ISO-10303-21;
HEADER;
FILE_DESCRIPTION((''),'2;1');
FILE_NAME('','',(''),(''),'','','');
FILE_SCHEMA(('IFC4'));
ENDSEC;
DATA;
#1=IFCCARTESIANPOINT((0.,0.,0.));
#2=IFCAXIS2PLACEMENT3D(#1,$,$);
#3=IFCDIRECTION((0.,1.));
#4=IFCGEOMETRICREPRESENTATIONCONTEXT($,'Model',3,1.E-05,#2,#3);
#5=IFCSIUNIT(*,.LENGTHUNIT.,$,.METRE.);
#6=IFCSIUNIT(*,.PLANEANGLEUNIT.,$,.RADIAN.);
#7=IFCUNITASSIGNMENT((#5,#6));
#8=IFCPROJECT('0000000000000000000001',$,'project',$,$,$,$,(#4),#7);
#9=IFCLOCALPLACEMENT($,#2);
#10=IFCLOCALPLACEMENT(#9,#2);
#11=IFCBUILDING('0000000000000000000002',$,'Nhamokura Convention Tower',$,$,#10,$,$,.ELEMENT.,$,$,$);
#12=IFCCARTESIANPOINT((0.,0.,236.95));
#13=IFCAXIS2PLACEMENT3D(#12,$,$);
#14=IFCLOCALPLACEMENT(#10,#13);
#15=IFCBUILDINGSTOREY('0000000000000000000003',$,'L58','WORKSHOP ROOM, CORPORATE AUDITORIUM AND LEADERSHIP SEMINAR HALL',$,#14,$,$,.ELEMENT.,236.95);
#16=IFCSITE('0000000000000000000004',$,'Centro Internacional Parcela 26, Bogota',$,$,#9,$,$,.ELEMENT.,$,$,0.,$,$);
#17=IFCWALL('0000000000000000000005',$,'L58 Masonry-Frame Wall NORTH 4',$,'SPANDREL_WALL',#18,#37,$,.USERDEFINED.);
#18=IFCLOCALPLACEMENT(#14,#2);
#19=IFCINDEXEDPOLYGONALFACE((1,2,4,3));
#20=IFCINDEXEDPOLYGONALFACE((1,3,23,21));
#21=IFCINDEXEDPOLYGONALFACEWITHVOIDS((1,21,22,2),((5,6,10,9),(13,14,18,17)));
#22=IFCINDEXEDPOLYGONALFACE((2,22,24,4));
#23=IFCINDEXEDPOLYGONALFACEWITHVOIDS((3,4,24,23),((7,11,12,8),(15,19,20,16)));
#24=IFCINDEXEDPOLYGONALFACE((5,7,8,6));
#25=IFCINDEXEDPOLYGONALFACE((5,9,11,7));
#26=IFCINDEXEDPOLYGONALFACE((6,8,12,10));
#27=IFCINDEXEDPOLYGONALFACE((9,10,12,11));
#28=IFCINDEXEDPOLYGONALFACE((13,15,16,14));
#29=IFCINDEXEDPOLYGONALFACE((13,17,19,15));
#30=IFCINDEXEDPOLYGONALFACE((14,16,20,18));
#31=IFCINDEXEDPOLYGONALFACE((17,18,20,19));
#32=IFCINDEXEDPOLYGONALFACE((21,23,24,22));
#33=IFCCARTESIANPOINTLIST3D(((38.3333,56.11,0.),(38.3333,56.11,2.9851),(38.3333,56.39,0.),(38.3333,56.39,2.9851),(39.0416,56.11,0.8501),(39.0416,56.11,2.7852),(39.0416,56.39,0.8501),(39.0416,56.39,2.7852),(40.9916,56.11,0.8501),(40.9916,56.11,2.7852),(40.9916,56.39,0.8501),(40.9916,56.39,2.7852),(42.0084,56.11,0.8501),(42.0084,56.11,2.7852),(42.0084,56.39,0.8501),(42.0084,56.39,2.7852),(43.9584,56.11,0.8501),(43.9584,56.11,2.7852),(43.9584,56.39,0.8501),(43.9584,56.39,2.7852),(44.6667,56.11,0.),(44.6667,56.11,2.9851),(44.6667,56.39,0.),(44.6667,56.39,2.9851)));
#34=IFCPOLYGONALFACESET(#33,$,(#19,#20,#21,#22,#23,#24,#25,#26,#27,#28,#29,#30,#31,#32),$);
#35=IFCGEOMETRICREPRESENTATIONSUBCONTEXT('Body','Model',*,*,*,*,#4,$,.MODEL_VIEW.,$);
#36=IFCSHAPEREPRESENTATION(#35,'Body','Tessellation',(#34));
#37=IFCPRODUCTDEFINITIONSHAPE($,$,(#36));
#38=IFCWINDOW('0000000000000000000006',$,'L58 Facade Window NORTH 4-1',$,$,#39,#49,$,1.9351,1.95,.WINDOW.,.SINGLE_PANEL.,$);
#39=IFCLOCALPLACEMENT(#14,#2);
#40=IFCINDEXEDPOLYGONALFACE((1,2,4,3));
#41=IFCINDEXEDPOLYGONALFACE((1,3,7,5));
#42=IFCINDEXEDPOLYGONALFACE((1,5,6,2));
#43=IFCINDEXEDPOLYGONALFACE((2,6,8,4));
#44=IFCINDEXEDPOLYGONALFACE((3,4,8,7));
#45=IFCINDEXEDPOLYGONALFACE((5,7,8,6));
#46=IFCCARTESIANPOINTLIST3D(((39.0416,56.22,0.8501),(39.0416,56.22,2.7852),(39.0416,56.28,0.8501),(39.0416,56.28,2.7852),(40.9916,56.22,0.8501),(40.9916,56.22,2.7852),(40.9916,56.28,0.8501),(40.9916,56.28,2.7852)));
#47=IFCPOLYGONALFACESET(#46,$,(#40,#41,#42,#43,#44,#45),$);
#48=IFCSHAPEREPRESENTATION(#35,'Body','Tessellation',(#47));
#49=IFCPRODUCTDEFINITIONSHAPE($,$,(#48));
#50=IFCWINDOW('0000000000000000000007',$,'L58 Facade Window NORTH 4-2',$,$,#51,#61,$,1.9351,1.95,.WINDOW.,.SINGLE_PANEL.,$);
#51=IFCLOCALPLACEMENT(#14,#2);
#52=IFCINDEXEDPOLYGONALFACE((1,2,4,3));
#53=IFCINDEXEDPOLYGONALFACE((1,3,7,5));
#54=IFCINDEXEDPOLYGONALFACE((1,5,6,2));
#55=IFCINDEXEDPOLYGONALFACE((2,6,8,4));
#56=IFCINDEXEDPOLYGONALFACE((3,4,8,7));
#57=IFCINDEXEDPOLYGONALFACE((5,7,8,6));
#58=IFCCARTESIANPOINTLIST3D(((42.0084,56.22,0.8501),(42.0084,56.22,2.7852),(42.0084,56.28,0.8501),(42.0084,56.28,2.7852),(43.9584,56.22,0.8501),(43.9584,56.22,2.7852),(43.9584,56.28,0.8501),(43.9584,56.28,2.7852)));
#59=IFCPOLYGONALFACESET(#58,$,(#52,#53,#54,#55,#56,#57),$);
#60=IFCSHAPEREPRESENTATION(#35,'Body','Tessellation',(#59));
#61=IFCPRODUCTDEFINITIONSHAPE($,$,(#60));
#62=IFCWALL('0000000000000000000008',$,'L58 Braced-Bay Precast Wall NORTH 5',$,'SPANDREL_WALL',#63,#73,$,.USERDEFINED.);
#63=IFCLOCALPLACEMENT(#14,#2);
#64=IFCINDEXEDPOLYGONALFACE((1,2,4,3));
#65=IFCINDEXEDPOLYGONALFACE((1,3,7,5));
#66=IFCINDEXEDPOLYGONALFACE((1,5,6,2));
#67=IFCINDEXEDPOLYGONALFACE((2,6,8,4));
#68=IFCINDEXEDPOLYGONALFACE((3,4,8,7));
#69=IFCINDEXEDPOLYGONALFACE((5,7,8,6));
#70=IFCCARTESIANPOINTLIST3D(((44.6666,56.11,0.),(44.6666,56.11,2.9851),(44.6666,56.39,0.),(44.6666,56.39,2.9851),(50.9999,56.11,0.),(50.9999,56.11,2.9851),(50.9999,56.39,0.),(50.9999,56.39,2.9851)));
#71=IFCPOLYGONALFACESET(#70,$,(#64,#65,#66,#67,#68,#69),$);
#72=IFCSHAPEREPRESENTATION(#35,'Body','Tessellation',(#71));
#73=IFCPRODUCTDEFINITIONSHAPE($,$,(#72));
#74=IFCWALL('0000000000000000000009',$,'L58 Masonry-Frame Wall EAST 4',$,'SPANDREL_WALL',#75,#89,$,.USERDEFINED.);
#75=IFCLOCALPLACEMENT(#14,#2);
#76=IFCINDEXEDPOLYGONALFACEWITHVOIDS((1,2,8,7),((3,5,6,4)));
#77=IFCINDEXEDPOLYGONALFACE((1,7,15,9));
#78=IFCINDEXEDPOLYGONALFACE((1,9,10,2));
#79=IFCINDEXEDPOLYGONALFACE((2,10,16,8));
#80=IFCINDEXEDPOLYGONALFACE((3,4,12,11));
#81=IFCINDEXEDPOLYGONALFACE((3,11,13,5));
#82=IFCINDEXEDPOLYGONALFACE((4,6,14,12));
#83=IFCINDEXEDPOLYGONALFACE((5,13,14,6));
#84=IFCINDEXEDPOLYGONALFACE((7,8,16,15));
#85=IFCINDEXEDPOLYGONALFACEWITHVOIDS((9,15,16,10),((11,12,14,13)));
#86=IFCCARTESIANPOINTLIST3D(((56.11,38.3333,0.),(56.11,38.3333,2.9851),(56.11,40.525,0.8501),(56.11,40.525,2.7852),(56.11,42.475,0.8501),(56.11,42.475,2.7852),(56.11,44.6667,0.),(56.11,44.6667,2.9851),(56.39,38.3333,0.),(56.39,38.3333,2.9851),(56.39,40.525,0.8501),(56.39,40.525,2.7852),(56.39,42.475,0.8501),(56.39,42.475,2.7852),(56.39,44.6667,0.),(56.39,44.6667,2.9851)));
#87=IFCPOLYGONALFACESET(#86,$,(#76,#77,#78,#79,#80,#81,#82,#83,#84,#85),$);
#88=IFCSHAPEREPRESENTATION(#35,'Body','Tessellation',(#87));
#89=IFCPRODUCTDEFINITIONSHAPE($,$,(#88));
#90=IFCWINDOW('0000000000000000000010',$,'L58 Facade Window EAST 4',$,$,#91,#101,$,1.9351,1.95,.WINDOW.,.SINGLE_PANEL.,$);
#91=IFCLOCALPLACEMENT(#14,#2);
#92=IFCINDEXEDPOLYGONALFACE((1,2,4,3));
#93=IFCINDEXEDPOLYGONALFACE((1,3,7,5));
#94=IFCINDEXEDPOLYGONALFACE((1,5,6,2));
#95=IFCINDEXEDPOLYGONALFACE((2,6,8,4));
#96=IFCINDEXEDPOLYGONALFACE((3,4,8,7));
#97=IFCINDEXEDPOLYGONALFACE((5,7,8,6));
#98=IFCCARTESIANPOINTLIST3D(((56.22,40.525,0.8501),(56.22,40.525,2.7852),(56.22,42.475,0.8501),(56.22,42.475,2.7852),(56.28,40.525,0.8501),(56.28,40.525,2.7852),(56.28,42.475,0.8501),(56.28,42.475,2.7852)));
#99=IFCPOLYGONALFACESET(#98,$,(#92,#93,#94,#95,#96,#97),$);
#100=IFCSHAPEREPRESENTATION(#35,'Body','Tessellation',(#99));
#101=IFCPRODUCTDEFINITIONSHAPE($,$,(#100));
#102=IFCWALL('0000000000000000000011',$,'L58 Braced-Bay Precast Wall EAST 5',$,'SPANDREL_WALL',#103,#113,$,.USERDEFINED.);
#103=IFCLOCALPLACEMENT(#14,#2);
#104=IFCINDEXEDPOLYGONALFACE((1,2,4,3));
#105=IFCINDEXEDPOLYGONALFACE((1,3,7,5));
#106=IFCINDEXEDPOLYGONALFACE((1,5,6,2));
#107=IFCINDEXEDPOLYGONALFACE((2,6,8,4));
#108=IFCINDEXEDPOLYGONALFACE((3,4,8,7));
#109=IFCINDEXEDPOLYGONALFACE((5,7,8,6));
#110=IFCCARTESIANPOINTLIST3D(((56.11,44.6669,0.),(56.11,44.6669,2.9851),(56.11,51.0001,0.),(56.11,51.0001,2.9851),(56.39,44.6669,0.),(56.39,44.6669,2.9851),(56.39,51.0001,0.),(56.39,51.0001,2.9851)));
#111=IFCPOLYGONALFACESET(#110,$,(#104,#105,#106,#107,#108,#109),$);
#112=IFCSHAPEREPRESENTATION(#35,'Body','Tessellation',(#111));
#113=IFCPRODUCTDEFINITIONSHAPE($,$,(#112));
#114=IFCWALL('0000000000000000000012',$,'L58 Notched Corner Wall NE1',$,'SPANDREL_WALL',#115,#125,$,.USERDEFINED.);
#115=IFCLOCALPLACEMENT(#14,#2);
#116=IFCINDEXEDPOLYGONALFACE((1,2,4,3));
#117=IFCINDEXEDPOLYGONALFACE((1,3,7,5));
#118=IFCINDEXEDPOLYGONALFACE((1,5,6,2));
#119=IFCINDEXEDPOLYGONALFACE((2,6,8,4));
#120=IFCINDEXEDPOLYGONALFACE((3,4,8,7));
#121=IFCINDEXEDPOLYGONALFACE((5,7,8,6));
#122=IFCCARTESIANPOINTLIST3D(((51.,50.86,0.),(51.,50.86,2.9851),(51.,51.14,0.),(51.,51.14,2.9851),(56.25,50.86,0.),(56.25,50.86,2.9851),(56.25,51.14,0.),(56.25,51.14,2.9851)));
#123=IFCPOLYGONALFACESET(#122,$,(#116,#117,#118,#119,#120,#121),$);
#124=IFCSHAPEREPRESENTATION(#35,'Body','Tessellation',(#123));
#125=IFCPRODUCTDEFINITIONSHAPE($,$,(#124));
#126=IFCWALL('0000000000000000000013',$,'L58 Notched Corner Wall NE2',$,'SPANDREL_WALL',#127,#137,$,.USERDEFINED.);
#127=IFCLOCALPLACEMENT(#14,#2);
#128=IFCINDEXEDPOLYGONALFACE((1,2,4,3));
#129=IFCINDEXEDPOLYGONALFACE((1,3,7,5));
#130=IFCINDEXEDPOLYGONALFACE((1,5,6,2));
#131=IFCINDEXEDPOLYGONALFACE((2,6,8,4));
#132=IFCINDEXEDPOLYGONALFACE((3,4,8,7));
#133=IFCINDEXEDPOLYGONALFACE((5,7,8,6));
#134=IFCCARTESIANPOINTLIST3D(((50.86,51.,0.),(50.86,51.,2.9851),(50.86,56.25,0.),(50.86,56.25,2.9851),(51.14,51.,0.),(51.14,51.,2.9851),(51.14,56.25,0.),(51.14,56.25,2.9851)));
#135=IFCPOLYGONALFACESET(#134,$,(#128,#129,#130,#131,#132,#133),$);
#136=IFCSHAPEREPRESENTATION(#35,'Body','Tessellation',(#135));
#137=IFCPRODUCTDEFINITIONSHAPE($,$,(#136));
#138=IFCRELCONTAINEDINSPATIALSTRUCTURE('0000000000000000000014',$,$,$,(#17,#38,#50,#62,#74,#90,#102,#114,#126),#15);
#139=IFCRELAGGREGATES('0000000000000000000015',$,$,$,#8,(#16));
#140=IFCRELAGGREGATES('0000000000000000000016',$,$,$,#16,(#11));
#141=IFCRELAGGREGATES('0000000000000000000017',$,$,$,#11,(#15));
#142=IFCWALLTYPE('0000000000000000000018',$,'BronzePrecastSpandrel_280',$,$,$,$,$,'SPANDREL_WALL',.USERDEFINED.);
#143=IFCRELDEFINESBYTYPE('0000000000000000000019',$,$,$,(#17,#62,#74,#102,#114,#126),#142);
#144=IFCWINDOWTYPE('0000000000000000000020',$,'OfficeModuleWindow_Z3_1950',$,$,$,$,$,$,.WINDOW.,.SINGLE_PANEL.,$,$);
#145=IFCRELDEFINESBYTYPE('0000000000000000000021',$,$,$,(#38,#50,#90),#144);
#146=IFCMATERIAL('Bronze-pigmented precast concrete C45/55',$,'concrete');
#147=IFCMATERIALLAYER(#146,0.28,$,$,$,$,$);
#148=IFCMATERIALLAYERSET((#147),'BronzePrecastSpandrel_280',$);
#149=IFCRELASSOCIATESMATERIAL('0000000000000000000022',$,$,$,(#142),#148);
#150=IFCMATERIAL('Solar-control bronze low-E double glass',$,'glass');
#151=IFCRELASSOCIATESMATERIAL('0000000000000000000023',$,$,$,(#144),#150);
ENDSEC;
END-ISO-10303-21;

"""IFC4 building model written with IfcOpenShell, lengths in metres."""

from ifc_helpers import new_model, si_unit, direction, frame, frame_2d, origin, place, context, subcontext, project, spatial, rectangle, extrude, material, layer, layer_set, type_object, element, fill, save


model = new_model("IFC4")

# Units and contexts
model_context = context("Model", 3, precision=1e-05, world=origin(), true_north=direction((0.0, 1.0)))
body_context = subcontext(model_context, "Body", "Model", "MODEL_VIEW")
ifc_project = project(units=[si_unit("LENGTHUNIT", "METRE"), si_unit("PLANEANGLEUNIT", "RADIAN")], contexts=[model_context])

# Site, building, storey
site_placement = place(None, origin())
site = spatial("IfcSite", under=ifc_project, at=site_placement, Name="Centro Internacional Parcela 26, Bogota", CompositionType="ELEMENT", RefElevation=0.0)
building_placement = place(site_placement, origin())
building = spatial("IfcBuilding", under=site, at=building_placement, Name="Nhamokura Convention Tower", CompositionType="ELEMENT")
storey_placement = place(building_placement, frame((0.0, 0.0, 236.95)))
storey = spatial("IfcBuildingStorey", under=building, at=storey_placement, Name="L58", Description="WORKSHOP ROOM, CORPORATE AUDITORIUM AND LEADERSHIP SEMINAR HALL", CompositionType="ELEMENT", Elevation=236.95)

# Wall, openings, windows
ifc_material_1 = material(Name="Bronze-pigmented precast concrete C45/55", Category="concrete")
ifc_layer = layer(ifc_material_1, 0.28)
ifc_layer_set = layer_set([ifc_layer], Name="BronzePrecastSpandrel_280")
wall_type = type_object("IfcWallType", Name="BronzePrecastSpandrel_280", ElementType="SPANDREL_WALL", PredefinedType="USERDEFINED", material=ifc_layer_set)
wall_1_placement = place(storey_placement, frame((38.3333, 56.25, 0.0), z_axis=(0.0, 0.0, 1.0), x_axis=(1.0, 0.0, 0.0)))
wall_1 = element("IfcWall", 1, at=wall_1_placement, inside=storey, type_object=wall_type, Name="L58 Masonry-Frame Wall NORTH 4", ObjectType="SPANDREL_WALL", PredefinedType="USERDEFINED", context=body_context, shape_type="SweptSolid", body=[
    extrude(rectangle(XDim=6.3335, YDim=0.28, at=frame_2d((3.1667, 0.0))), origin(), (0.0, 0.0, 1.0), 2.9851),
])
opening_1_placement = place(wall_1_placement, frame((0.7083, 0.0, 0.8501)))
opening_1 = element("IfcOpeningElement", 2, at=opening_1_placement, cuts=wall_1, PredefinedType="OPENING", context=body_context, shape_type="SweptSolid", body=[
    extrude(rectangle(XDim=1.95, YDim=1.9351, at=frame_2d((0.9751, 0.9675))), frame((0.0, 0.1499, 0.0), z_axis=(0.0, -1.0, 0.0), x_axis=(1.0, 0.0, 0.0)), (0.0, 0.0, 1.0), 0.3),
])
opening_2_placement = place(wall_1_placement, frame((3.675, 0.0, 0.8501)))
opening_2 = element("IfcOpeningElement", 3, at=opening_2_placement, cuts=wall_1, PredefinedType="OPENING", context=body_context, shape_type="SweptSolid", body=[
    extrude(rectangle(XDim=1.95, YDim=1.9351, at=frame_2d((0.9751, 0.9675))), frame((0.0, 0.1499, 0.0), z_axis=(0.0, -1.0, 0.0), x_axis=(1.0, 0.0, 0.0)), (0.0, 0.0, 1.0), 0.3),
])
ifc_material_2 = material(Name="Solar-control bronze low-E double glass", Category="glass")
window_type = type_object("IfcWindowType", Name="OfficeModuleWindow_Z3_1950", PartitioningType="SINGLE_PANEL", PredefinedType="WINDOW", material=ifc_material_2)
window_1_placement = place(opening_1_placement, origin())
window_1 = element("IfcWindow", 4, at=window_1_placement, inside=storey, type_object=window_type, Name="L58 Facade Window NORTH 4-1", OverallHeight=1.9351, OverallWidth=1.95, PartitioningType="SINGLE_PANEL", PredefinedType="WINDOW", context=body_context, shape_type="SweptSolid", body=[
    extrude(rectangle(XDim=1.95, YDim=1.9351, at=frame_2d((0.9751, 0.9675))), frame((0.0, 0.03, 0.0), z_axis=(0.0, -1.0, 0.0), x_axis=(1.0, 0.0, 0.0)), (0.0, 0.0, 1.0), 0.0601),
])
fill(opening_1, window_1)
window_2_placement = place(opening_2_placement, origin())
window_2 = element("IfcWindow", 5, at=window_2_placement, inside=storey, type_object=window_type, Name="L58 Facade Window NORTH 4-2", OverallHeight=1.9351, OverallWidth=1.95, PartitioningType="SINGLE_PANEL", PredefinedType="WINDOW", context=body_context, shape_type="SweptSolid", body=[
    extrude(rectangle(XDim=1.95, YDim=1.9351, at=frame_2d((0.9751, 0.9675))), frame((0.0, 0.03, 0.0), z_axis=(0.0, -1.0, 0.0), x_axis=(1.0, 0.0, 0.0)), (0.0, 0.0, 1.0), 0.0601),
])
fill(opening_2, window_2)

# Wall
wall_2_placement = place(storey_placement, frame((44.6667, 56.25, 0.0), z_axis=(0.0, 0.0, 1.0), x_axis=(1.0, 0.0, 0.0)))
element("IfcWall", 6, at=wall_2_placement, inside=storey, type_object=wall_type, Name="L58 Braced-Bay Precast Wall NORTH 5", ObjectType="SPANDREL_WALL", PredefinedType="USERDEFINED", context=body_context, shape_type="SweptSolid", body=[
    extrude(rectangle(XDim=6.3333, YDim=0.28, at=frame_2d((3.1665, 0.0))), origin(), (0.0, 0.0, 1.0), 2.9851),
])

# Wall, opening, window
wall_3_placement = place(storey_placement, frame((56.25, 44.6667, 0.0), z_axis=(0.0, 0.0, 1.0), x_axis=(0.0, -1.0, 0.0)))
wall_3 = element("IfcWall", 7, at=wall_3_placement, inside=storey, type_object=wall_type, Name="L58 Masonry-Frame Wall EAST 4", ObjectType="SPANDREL_WALL", PredefinedType="USERDEFINED", context=body_context, shape_type="SweptSolid", body=[
    extrude(rectangle(XDim=6.3335, YDim=0.28, at=frame_2d((3.1667, 0.0))), origin(), (0.0, 0.0, 1.0), 2.9851),
])
opening_3_placement = place(wall_3_placement, frame((2.1917, 0.0, 0.8501)))
opening_3 = element("IfcOpeningElement", 8, at=opening_3_placement, cuts=wall_3, PredefinedType="OPENING", context=body_context, shape_type="SweptSolid", body=[
    extrude(rectangle(XDim=1.95, YDim=1.9351, at=frame_2d((0.9751, 0.9675))), frame((0.0, 0.1499, 0.0), z_axis=(0.0, -1.0, 0.0), x_axis=(1.0, 0.0, 0.0)), (0.0, 0.0, 1.0), 0.3),
])
window_3_placement = place(opening_3_placement, origin())
window_3 = element("IfcWindow", 9, at=window_3_placement, inside=storey, type_object=window_type, Name="L58 Facade Window EAST 4", OverallHeight=1.9351, OverallWidth=1.95, PartitioningType="SINGLE_PANEL", PredefinedType="WINDOW", context=body_context, shape_type="SweptSolid", body=[
    extrude(rectangle(XDim=1.95, YDim=1.9351, at=frame_2d((0.9751, 0.9675))), frame((0.0, 0.03, 0.0), z_axis=(0.0, -1.0, 0.0), x_axis=(1.0, 0.0, 0.0)), (0.0, 0.0, 1.0), 0.0601),
])
fill(opening_3, window_3)

# Walls
wall_4_placement = place(storey_placement, frame((56.25, 51.0, 0.0), z_axis=(0.0, 0.0, 1.0), x_axis=(0.0, -1.0, 0.0)))
element("IfcWall", 10, at=wall_4_placement, inside=storey, type_object=wall_type, Name="L58 Braced-Bay Precast Wall EAST 5", ObjectType="SPANDREL_WALL", PredefinedType="USERDEFINED", context=body_context, shape_type="SweptSolid", body=[
    extrude(rectangle(XDim=6.3333, YDim=0.28, at=frame_2d((3.1665, 0.0))), origin(), (0.0, 0.0, 1.0), 2.9851),
])
for number, where, z_axis, x_axis, name in (
    (11, (51.0, 51.0, 0.0), (0.0, 0.0, 1.0), (1.0, 0.0, 0.0), "L58 Notched Corner Wall NE1"),
    (12, (51.0, 56.25, 0.0), (0.0, 0.0, 1.0), (0.0, -1.0, 0.0), "L58 Notched Corner Wall NE2"),
):
    element("IfcWall", number, at=place(storey_placement, frame(where, z_axis=z_axis, x_axis=x_axis)), inside=storey, type_object=wall_type, Name=name, ObjectType="SPANDREL_WALL", PredefinedType="USERDEFINED", context=body_context, shape_type="SweptSolid", body=[
        extrude(rectangle(XDim=5.25, YDim=0.28, at=frame_2d((2.625, 0.0))), origin(), (0.0, 0.0, 1.0), 2.9851),
    ])

save(model, "model.ifc")
